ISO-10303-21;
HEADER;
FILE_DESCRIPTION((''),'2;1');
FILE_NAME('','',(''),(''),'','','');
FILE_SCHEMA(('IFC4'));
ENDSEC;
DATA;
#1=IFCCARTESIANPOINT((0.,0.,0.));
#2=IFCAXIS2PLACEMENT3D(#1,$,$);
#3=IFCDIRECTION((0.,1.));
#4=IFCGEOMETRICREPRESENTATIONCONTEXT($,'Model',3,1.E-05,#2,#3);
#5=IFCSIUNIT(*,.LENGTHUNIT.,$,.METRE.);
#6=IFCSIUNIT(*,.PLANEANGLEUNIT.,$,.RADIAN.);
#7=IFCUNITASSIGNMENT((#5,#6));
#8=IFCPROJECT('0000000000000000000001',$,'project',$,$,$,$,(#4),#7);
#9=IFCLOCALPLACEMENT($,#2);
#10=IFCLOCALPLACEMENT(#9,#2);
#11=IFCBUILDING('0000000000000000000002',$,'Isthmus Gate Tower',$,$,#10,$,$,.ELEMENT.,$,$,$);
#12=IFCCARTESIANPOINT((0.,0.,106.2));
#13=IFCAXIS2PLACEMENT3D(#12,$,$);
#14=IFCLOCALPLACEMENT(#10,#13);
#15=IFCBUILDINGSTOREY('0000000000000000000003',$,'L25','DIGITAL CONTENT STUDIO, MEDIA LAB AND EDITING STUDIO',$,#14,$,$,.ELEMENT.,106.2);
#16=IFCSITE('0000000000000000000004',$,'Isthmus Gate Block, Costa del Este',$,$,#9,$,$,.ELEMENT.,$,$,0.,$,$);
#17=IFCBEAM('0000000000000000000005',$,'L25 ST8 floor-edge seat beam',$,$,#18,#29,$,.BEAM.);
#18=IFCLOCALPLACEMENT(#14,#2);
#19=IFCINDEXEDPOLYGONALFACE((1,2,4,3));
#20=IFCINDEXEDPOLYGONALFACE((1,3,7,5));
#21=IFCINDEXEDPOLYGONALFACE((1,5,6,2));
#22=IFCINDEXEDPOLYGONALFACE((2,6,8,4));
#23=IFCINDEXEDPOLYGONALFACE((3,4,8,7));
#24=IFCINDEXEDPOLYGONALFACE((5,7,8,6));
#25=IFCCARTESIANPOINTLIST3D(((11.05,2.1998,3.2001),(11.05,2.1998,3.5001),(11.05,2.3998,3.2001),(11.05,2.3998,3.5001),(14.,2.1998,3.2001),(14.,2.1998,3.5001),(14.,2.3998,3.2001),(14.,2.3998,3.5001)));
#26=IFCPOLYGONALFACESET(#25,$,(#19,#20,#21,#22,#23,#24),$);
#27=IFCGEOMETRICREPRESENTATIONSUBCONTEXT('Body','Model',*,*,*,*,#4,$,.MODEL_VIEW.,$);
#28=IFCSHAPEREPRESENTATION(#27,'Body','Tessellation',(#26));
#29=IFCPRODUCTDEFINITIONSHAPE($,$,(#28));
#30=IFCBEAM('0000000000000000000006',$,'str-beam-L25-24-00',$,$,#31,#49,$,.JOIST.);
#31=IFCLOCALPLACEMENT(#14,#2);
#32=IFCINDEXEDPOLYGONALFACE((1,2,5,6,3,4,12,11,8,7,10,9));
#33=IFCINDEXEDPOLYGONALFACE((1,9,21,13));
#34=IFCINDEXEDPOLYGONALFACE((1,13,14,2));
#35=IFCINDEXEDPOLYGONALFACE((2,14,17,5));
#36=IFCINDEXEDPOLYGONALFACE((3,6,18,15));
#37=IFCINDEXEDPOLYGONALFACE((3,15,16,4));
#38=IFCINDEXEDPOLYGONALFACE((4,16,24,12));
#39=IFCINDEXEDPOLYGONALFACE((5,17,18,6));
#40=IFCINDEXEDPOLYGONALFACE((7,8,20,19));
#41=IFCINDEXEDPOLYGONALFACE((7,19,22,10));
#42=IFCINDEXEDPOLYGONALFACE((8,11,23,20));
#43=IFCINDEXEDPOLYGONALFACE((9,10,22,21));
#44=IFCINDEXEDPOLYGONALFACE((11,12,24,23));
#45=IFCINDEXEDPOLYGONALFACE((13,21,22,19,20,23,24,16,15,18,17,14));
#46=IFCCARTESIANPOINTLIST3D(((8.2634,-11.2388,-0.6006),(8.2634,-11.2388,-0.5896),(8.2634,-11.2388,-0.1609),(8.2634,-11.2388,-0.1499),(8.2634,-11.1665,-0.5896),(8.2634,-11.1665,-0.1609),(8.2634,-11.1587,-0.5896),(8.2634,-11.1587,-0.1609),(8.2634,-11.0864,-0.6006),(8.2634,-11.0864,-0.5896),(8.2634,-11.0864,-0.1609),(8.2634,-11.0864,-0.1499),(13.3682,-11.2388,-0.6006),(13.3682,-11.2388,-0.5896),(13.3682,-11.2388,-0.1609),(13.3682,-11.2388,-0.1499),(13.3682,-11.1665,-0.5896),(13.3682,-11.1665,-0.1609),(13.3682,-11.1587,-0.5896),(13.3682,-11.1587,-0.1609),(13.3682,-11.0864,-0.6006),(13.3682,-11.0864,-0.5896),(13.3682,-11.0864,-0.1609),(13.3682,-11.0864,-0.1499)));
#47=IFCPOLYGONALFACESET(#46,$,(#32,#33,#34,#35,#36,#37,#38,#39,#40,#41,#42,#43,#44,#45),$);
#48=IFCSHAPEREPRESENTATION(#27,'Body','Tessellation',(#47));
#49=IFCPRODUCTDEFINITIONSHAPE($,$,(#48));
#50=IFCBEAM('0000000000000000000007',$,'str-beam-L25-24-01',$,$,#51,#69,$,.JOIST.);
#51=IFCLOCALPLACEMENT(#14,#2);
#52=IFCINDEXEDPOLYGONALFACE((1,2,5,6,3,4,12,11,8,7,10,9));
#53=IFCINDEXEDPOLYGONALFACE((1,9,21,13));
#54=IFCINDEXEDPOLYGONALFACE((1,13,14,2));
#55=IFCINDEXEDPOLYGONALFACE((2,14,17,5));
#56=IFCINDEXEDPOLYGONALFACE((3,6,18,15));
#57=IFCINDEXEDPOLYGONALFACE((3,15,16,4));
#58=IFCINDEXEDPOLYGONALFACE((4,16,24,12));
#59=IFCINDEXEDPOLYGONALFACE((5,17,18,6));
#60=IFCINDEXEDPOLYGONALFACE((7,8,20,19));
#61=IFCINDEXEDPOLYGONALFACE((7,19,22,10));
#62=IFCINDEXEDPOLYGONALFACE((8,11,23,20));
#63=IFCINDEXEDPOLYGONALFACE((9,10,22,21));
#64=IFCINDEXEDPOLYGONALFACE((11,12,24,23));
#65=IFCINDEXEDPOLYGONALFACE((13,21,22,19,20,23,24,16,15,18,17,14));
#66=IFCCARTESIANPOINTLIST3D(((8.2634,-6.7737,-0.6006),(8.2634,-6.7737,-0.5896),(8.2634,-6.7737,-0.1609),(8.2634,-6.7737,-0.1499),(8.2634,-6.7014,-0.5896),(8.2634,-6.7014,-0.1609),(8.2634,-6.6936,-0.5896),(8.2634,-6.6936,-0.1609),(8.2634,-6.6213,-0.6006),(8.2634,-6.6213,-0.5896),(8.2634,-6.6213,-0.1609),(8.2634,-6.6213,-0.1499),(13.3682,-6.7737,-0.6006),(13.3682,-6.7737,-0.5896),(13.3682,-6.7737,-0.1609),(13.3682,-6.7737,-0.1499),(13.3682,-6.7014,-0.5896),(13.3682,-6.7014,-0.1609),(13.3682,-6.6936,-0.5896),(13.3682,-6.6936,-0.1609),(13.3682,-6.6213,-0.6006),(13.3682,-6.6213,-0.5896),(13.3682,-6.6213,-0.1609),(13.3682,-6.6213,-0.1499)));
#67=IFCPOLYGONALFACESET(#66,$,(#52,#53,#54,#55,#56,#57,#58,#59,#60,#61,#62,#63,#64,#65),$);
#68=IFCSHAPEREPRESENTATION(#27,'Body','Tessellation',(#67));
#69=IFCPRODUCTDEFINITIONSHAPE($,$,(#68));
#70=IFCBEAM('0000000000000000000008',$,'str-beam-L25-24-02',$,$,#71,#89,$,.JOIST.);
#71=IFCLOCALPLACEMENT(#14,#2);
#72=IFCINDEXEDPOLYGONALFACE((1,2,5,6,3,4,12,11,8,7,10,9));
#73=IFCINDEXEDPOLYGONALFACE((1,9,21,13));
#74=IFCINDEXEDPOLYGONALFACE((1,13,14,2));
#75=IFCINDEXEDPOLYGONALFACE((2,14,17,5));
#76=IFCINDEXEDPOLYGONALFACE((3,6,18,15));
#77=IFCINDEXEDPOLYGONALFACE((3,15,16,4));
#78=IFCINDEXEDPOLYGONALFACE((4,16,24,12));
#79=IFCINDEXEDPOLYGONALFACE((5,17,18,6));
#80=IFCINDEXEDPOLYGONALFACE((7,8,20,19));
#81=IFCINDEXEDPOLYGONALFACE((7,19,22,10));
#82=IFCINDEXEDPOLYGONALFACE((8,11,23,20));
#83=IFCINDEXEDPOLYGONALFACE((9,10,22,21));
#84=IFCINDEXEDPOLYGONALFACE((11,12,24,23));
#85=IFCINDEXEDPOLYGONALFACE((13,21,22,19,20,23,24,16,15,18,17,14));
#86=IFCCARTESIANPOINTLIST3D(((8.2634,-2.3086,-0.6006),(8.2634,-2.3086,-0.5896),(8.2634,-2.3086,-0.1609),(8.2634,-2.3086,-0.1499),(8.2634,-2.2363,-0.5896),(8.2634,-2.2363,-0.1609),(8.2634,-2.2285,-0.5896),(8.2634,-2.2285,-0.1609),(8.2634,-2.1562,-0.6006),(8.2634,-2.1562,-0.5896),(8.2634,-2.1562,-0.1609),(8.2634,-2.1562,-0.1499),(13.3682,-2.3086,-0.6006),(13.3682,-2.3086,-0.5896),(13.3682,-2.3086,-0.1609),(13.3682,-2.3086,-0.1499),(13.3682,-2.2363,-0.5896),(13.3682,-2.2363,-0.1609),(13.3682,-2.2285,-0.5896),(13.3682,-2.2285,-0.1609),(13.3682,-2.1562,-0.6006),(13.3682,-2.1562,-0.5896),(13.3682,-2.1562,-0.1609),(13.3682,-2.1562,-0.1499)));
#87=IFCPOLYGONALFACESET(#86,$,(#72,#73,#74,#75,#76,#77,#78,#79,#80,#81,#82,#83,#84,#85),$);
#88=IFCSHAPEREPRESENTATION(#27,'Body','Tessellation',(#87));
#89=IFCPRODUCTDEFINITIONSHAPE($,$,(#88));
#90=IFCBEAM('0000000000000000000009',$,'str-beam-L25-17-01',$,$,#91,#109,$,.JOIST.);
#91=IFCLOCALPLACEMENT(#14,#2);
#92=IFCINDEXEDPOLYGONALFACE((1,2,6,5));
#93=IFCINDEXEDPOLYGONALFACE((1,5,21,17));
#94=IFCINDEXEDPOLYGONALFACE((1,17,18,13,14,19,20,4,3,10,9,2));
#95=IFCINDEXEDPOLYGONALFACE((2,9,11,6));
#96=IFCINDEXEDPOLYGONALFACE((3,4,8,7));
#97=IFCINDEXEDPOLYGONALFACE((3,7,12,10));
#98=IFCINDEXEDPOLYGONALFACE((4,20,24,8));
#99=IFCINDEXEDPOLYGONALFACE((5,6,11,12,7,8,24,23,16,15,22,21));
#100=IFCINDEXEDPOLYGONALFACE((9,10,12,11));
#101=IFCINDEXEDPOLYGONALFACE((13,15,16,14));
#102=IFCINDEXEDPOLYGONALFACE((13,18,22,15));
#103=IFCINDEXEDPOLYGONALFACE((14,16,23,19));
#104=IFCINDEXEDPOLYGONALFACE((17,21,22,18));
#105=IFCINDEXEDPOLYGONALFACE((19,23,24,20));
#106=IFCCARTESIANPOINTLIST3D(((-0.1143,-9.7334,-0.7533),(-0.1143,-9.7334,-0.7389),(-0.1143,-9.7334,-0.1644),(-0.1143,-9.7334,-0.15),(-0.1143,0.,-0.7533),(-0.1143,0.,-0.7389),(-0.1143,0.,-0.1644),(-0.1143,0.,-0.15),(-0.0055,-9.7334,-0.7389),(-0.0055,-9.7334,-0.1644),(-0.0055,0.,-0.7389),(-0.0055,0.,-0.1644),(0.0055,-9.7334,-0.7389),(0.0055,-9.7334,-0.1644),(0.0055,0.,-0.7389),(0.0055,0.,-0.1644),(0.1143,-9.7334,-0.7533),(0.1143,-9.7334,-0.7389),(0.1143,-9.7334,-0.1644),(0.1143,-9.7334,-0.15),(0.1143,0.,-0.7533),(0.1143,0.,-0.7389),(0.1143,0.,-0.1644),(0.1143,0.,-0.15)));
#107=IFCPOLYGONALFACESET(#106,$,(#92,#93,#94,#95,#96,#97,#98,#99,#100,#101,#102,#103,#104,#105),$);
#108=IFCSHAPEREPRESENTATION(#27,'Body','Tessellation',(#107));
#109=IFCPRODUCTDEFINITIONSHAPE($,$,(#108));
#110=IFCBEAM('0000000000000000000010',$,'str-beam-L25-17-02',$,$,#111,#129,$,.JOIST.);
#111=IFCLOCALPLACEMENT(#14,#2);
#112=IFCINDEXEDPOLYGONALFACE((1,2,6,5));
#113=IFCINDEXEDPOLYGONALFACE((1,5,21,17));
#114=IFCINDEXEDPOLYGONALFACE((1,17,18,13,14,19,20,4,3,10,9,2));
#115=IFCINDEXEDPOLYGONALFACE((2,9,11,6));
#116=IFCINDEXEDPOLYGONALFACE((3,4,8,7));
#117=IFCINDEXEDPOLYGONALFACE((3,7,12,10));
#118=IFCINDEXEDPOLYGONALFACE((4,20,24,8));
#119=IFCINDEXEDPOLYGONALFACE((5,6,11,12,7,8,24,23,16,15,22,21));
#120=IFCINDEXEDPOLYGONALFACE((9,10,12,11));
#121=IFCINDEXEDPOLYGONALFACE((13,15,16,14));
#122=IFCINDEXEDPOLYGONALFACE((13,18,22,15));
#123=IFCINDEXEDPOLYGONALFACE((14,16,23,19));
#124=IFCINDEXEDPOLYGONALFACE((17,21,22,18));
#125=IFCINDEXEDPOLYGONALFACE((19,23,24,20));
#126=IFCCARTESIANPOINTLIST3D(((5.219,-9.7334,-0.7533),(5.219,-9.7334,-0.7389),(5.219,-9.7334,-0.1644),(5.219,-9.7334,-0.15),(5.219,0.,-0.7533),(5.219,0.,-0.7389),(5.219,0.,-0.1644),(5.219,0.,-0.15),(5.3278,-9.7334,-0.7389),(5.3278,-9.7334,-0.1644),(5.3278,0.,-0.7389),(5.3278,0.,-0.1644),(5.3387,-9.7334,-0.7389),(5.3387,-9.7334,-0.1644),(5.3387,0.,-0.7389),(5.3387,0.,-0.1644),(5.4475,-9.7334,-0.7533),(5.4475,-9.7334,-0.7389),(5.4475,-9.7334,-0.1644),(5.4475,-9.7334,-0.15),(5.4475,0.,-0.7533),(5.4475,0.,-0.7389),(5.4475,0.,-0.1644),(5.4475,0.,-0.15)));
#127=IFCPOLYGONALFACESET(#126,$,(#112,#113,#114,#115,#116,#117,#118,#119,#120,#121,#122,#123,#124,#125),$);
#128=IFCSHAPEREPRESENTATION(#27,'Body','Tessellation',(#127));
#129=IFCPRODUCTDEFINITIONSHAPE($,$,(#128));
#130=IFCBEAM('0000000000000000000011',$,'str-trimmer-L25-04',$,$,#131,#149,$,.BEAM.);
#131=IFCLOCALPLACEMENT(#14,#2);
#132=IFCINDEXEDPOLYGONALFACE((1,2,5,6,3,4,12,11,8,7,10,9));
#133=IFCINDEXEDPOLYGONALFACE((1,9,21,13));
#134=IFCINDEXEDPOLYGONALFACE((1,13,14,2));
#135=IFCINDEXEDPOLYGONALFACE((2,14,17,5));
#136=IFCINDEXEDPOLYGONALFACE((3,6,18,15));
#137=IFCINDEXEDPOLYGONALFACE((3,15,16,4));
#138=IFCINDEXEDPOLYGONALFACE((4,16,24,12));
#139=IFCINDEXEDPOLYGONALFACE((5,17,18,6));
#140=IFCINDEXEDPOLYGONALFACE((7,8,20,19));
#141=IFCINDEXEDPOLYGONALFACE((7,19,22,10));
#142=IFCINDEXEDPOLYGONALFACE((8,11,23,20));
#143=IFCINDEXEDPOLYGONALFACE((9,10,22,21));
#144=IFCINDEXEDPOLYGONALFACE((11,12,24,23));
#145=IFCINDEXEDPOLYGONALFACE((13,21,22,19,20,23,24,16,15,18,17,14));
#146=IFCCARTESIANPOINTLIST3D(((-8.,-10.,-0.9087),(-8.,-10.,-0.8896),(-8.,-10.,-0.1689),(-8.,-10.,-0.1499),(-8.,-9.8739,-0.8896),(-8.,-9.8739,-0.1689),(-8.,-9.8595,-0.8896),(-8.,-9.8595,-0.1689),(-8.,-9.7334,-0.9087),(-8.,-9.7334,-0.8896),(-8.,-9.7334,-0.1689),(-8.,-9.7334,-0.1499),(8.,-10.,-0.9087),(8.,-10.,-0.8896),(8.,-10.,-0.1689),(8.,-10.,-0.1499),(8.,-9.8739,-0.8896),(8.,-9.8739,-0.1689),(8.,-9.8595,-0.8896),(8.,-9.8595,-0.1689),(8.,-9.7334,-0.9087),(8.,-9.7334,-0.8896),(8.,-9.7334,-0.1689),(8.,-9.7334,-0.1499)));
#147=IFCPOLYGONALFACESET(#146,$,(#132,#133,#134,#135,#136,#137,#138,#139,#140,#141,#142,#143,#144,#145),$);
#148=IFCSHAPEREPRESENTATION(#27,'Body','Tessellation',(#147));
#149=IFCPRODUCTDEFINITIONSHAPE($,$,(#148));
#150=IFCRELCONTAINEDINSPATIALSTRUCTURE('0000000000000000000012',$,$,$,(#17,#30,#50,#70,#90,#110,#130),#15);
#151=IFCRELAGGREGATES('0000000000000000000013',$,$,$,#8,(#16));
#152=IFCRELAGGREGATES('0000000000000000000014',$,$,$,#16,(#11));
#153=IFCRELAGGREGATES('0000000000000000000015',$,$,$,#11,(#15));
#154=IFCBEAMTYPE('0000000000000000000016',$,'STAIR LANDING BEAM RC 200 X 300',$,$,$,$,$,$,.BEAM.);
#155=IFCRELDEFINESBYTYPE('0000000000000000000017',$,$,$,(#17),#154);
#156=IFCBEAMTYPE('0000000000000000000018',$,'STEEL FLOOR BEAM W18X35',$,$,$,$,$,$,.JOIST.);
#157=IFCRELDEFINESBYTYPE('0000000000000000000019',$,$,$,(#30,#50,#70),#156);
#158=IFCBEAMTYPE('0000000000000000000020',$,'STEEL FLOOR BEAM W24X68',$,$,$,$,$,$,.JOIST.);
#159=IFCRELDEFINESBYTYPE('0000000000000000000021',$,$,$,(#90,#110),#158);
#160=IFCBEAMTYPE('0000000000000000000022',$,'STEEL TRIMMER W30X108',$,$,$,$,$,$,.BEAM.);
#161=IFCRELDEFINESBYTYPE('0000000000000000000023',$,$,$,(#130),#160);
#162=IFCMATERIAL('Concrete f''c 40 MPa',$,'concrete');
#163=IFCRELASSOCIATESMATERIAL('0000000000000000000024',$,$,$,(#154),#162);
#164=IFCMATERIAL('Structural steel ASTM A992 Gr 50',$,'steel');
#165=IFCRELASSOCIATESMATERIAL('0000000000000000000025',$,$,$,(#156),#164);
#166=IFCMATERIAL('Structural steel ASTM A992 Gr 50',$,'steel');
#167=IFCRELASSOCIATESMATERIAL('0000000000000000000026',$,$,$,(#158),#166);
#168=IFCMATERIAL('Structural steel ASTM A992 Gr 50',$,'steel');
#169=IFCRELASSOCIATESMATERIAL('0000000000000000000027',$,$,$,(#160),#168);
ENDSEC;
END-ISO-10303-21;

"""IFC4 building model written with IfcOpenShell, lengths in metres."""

from ifc_helpers import new_model, si_unit, direction, frame, origin, origin_2d, place, context, subcontext, project, spatial, rectangle, i_section, extrude, material, material_profile, profile_set, type_object, element, save


model = new_model("IFC4")

# Units and contexts
model_context = context("Model", 3, precision=1e-05, world=origin(), true_north=direction((0.0, 1.0)))
body_context = subcontext(model_context, "Body", "Model", "MODEL_VIEW")
ifc_project = project(units=[si_unit("LENGTHUNIT", "METRE"), si_unit("PLANEANGLEUNIT", "RADIAN")], contexts=[model_context])

# Site, building, storey
site_placement = place(None, origin())
site = spatial("IfcSite", under=ifc_project, at=site_placement, Name="Isthmus Gate Block, Costa del Este", CompositionType="ELEMENT", RefElevation=0.0)
building_placement = place(site_placement, origin())
building = spatial("IfcBuilding", under=site, at=building_placement, Name="Isthmus Gate Tower", CompositionType="ELEMENT")
storey_placement = place(building_placement, frame((0.0, 0.0, 106.2)))
storey = spatial("IfcBuildingStorey", under=building, at=storey_placement, Name="L25", Description="DIGITAL CONTENT STUDIO, MEDIA LAB AND EDITING STUDIO", CompositionType="ELEMENT", Elevation=106.2)

# Beams
ifc_material_1 = material(Name="Concrete f'c 40 MPa", Category="concrete")
ifc_material_profile_1 = material_profile(ifc_material_1, rectangle(XDim=0.2, YDim=0.3, at=origin_2d()), Name="STAIR LANDING BEAM RC 200 X 300")
ifc_profile_set_1 = profile_set([ifc_material_profile_1], Name="Concrete f'c 40 MPa")
beam_type_1 = type_object("IfcBeamType", Name="STAIR LANDING BEAM RC 200 X 300", PredefinedType="BEAM", material=ifc_profile_set_1)
beam_1_placement = place(storey_placement, frame((11.05, 2.2998, 3.3501), z_axis=(1.0, 0.0, 0.0), x_axis=(0.0, 1.0, 0.0)))
element("IfcBeam", 1, at=beam_1_placement, inside=storey, type_object=beam_type_1, Name="L25 ST8 floor-edge seat beam", PredefinedType="BEAM", context=body_context, shape_type="SweptSolid", body=[
    extrude(rectangle(XDim=0.2, YDim=0.3, at=origin_2d()), origin(), (0.0, 0.0, 1.0), 2.95),
])
ifc_material_2 = material(Name="Structural steel ASTM A992 Gr 50", Category="steel")
ifc_material_profile_2 = material_profile(ifc_material_2, i_section(OverallWidth=0.1523, OverallDepth=0.4507, WebThickness=0.0078, FlangeThickness=0.011, at=origin_2d()), Name="W18X35")
ifc_profile_set_2 = profile_set([ifc_material_profile_2], Name="Structural steel ASTM A992 Gr 50")
beam_type_2 = type_object("IfcBeamType", Name="STEEL FLOOR BEAM W18X35", PredefinedType="JOIST", material=ifc_profile_set_2)
for number, where, z_axis, x_axis, name in (
    (2, (8.2634, -11.1626, -0.3752), (1.0, 0.0, 0.0), (0.0, 1.0, 0.0), "str-beam-L25-24-00"),
    (3, (8.2634, -6.6975, -0.3752), (1.0, 0.0, 0.0), (0.0, 1.0, 0.0), "str-beam-L25-24-01"),
    (4, (8.2634, -2.2324, -0.3752), (1.0, 0.0, 0.0), (0.0, 1.0, 0.0), "str-beam-L25-24-02"),
):
    element("IfcBeam", number, at=place(storey_placement, frame(where, z_axis=z_axis, x_axis=x_axis)), inside=storey, type_object=beam_type_2, Name=name, PredefinedType="JOIST", context=body_context, shape_type="SweptSolid", body=[
        extrude(i_section(OverallWidth=0.1523, OverallDepth=0.4507, WebThickness=0.0078, FlangeThickness=0.011, at=origin_2d()), origin(), (0.0, 0.0, 1.0), 5.1047),
    ])
ifc_material_3 = material(Name="Structural steel ASTM A992 Gr 50", Category="steel")
ifc_material_profile_3 = material_profile(ifc_material_3, i_section(OverallWidth=0.2285, OverallDepth=0.6033, WebThickness=0.011, FlangeThickness=0.0144, at=origin_2d()), Name="W24X68")
ifc_profile_set_3 = profile_set([ifc_material_profile_3], Name="Structural steel ASTM A992 Gr 50")
beam_type_3 = type_object("IfcBeamType", Name="STEEL FLOOR BEAM W24X68", PredefinedType="JOIST", material=ifc_profile_set_3)
for number, where, z_axis, x_axis, name in (
    (5, (0.0, -9.7334, -0.4517), (0.0, 1.0, 0.0), (-1.0, 0.0, 0.0), "str-beam-L25-17-01"),
    (6, (5.3333, -9.7334, -0.4517), (0.0, 1.0, 0.0), (-1.0, 0.0, 0.0), "str-beam-L25-17-02"),
):
    element("IfcBeam", number, at=place(storey_placement, frame(where, z_axis=z_axis, x_axis=x_axis)), inside=storey, type_object=beam_type_3, Name=name, PredefinedType="JOIST", context=body_context, shape_type="SweptSolid", body=[
        extrude(i_section(OverallWidth=0.2285, OverallDepth=0.6033, WebThickness=0.011, FlangeThickness=0.0144, at=origin_2d()), origin(), (0.0, 0.0, 1.0), 9.7334),
    ])
ifc_material_4 = material(Name="Structural steel ASTM A992 Gr 50", Category="steel")
ifc_material_profile_4 = material_profile(ifc_material_4, i_section(OverallWidth=0.2666, OverallDepth=0.7588, WebThickness=0.0144, FlangeThickness=0.019, at=origin_2d()), Name="W30X108")
ifc_profile_set_4 = profile_set([ifc_material_profile_4], Name="Structural steel ASTM A992 Gr 50")
beam_type_4 = type_object("IfcBeamType", Name="STEEL TRIMMER W30X108", PredefinedType="BEAM", material=ifc_profile_set_4)
beam_2_placement = place(storey_placement, frame((8.0, -9.8667, -0.5293), z_axis=(-1.0, 0.0, 0.0), x_axis=(0.0, -1.0, 0.0)))
element("IfcBeam", 7, at=beam_2_placement, inside=storey, type_object=beam_type_4, Name="str-trimmer-L25-04", PredefinedType="BEAM", context=body_context, shape_type="SweptSolid", body=[
    extrude(i_section(OverallWidth=0.2666, OverallDepth=0.7588, WebThickness=0.0144, FlangeThickness=0.019, at=origin_2d()), origin(), (0.0, 0.0, 1.0), 16.0),
])

save(model, "model.ifc")
